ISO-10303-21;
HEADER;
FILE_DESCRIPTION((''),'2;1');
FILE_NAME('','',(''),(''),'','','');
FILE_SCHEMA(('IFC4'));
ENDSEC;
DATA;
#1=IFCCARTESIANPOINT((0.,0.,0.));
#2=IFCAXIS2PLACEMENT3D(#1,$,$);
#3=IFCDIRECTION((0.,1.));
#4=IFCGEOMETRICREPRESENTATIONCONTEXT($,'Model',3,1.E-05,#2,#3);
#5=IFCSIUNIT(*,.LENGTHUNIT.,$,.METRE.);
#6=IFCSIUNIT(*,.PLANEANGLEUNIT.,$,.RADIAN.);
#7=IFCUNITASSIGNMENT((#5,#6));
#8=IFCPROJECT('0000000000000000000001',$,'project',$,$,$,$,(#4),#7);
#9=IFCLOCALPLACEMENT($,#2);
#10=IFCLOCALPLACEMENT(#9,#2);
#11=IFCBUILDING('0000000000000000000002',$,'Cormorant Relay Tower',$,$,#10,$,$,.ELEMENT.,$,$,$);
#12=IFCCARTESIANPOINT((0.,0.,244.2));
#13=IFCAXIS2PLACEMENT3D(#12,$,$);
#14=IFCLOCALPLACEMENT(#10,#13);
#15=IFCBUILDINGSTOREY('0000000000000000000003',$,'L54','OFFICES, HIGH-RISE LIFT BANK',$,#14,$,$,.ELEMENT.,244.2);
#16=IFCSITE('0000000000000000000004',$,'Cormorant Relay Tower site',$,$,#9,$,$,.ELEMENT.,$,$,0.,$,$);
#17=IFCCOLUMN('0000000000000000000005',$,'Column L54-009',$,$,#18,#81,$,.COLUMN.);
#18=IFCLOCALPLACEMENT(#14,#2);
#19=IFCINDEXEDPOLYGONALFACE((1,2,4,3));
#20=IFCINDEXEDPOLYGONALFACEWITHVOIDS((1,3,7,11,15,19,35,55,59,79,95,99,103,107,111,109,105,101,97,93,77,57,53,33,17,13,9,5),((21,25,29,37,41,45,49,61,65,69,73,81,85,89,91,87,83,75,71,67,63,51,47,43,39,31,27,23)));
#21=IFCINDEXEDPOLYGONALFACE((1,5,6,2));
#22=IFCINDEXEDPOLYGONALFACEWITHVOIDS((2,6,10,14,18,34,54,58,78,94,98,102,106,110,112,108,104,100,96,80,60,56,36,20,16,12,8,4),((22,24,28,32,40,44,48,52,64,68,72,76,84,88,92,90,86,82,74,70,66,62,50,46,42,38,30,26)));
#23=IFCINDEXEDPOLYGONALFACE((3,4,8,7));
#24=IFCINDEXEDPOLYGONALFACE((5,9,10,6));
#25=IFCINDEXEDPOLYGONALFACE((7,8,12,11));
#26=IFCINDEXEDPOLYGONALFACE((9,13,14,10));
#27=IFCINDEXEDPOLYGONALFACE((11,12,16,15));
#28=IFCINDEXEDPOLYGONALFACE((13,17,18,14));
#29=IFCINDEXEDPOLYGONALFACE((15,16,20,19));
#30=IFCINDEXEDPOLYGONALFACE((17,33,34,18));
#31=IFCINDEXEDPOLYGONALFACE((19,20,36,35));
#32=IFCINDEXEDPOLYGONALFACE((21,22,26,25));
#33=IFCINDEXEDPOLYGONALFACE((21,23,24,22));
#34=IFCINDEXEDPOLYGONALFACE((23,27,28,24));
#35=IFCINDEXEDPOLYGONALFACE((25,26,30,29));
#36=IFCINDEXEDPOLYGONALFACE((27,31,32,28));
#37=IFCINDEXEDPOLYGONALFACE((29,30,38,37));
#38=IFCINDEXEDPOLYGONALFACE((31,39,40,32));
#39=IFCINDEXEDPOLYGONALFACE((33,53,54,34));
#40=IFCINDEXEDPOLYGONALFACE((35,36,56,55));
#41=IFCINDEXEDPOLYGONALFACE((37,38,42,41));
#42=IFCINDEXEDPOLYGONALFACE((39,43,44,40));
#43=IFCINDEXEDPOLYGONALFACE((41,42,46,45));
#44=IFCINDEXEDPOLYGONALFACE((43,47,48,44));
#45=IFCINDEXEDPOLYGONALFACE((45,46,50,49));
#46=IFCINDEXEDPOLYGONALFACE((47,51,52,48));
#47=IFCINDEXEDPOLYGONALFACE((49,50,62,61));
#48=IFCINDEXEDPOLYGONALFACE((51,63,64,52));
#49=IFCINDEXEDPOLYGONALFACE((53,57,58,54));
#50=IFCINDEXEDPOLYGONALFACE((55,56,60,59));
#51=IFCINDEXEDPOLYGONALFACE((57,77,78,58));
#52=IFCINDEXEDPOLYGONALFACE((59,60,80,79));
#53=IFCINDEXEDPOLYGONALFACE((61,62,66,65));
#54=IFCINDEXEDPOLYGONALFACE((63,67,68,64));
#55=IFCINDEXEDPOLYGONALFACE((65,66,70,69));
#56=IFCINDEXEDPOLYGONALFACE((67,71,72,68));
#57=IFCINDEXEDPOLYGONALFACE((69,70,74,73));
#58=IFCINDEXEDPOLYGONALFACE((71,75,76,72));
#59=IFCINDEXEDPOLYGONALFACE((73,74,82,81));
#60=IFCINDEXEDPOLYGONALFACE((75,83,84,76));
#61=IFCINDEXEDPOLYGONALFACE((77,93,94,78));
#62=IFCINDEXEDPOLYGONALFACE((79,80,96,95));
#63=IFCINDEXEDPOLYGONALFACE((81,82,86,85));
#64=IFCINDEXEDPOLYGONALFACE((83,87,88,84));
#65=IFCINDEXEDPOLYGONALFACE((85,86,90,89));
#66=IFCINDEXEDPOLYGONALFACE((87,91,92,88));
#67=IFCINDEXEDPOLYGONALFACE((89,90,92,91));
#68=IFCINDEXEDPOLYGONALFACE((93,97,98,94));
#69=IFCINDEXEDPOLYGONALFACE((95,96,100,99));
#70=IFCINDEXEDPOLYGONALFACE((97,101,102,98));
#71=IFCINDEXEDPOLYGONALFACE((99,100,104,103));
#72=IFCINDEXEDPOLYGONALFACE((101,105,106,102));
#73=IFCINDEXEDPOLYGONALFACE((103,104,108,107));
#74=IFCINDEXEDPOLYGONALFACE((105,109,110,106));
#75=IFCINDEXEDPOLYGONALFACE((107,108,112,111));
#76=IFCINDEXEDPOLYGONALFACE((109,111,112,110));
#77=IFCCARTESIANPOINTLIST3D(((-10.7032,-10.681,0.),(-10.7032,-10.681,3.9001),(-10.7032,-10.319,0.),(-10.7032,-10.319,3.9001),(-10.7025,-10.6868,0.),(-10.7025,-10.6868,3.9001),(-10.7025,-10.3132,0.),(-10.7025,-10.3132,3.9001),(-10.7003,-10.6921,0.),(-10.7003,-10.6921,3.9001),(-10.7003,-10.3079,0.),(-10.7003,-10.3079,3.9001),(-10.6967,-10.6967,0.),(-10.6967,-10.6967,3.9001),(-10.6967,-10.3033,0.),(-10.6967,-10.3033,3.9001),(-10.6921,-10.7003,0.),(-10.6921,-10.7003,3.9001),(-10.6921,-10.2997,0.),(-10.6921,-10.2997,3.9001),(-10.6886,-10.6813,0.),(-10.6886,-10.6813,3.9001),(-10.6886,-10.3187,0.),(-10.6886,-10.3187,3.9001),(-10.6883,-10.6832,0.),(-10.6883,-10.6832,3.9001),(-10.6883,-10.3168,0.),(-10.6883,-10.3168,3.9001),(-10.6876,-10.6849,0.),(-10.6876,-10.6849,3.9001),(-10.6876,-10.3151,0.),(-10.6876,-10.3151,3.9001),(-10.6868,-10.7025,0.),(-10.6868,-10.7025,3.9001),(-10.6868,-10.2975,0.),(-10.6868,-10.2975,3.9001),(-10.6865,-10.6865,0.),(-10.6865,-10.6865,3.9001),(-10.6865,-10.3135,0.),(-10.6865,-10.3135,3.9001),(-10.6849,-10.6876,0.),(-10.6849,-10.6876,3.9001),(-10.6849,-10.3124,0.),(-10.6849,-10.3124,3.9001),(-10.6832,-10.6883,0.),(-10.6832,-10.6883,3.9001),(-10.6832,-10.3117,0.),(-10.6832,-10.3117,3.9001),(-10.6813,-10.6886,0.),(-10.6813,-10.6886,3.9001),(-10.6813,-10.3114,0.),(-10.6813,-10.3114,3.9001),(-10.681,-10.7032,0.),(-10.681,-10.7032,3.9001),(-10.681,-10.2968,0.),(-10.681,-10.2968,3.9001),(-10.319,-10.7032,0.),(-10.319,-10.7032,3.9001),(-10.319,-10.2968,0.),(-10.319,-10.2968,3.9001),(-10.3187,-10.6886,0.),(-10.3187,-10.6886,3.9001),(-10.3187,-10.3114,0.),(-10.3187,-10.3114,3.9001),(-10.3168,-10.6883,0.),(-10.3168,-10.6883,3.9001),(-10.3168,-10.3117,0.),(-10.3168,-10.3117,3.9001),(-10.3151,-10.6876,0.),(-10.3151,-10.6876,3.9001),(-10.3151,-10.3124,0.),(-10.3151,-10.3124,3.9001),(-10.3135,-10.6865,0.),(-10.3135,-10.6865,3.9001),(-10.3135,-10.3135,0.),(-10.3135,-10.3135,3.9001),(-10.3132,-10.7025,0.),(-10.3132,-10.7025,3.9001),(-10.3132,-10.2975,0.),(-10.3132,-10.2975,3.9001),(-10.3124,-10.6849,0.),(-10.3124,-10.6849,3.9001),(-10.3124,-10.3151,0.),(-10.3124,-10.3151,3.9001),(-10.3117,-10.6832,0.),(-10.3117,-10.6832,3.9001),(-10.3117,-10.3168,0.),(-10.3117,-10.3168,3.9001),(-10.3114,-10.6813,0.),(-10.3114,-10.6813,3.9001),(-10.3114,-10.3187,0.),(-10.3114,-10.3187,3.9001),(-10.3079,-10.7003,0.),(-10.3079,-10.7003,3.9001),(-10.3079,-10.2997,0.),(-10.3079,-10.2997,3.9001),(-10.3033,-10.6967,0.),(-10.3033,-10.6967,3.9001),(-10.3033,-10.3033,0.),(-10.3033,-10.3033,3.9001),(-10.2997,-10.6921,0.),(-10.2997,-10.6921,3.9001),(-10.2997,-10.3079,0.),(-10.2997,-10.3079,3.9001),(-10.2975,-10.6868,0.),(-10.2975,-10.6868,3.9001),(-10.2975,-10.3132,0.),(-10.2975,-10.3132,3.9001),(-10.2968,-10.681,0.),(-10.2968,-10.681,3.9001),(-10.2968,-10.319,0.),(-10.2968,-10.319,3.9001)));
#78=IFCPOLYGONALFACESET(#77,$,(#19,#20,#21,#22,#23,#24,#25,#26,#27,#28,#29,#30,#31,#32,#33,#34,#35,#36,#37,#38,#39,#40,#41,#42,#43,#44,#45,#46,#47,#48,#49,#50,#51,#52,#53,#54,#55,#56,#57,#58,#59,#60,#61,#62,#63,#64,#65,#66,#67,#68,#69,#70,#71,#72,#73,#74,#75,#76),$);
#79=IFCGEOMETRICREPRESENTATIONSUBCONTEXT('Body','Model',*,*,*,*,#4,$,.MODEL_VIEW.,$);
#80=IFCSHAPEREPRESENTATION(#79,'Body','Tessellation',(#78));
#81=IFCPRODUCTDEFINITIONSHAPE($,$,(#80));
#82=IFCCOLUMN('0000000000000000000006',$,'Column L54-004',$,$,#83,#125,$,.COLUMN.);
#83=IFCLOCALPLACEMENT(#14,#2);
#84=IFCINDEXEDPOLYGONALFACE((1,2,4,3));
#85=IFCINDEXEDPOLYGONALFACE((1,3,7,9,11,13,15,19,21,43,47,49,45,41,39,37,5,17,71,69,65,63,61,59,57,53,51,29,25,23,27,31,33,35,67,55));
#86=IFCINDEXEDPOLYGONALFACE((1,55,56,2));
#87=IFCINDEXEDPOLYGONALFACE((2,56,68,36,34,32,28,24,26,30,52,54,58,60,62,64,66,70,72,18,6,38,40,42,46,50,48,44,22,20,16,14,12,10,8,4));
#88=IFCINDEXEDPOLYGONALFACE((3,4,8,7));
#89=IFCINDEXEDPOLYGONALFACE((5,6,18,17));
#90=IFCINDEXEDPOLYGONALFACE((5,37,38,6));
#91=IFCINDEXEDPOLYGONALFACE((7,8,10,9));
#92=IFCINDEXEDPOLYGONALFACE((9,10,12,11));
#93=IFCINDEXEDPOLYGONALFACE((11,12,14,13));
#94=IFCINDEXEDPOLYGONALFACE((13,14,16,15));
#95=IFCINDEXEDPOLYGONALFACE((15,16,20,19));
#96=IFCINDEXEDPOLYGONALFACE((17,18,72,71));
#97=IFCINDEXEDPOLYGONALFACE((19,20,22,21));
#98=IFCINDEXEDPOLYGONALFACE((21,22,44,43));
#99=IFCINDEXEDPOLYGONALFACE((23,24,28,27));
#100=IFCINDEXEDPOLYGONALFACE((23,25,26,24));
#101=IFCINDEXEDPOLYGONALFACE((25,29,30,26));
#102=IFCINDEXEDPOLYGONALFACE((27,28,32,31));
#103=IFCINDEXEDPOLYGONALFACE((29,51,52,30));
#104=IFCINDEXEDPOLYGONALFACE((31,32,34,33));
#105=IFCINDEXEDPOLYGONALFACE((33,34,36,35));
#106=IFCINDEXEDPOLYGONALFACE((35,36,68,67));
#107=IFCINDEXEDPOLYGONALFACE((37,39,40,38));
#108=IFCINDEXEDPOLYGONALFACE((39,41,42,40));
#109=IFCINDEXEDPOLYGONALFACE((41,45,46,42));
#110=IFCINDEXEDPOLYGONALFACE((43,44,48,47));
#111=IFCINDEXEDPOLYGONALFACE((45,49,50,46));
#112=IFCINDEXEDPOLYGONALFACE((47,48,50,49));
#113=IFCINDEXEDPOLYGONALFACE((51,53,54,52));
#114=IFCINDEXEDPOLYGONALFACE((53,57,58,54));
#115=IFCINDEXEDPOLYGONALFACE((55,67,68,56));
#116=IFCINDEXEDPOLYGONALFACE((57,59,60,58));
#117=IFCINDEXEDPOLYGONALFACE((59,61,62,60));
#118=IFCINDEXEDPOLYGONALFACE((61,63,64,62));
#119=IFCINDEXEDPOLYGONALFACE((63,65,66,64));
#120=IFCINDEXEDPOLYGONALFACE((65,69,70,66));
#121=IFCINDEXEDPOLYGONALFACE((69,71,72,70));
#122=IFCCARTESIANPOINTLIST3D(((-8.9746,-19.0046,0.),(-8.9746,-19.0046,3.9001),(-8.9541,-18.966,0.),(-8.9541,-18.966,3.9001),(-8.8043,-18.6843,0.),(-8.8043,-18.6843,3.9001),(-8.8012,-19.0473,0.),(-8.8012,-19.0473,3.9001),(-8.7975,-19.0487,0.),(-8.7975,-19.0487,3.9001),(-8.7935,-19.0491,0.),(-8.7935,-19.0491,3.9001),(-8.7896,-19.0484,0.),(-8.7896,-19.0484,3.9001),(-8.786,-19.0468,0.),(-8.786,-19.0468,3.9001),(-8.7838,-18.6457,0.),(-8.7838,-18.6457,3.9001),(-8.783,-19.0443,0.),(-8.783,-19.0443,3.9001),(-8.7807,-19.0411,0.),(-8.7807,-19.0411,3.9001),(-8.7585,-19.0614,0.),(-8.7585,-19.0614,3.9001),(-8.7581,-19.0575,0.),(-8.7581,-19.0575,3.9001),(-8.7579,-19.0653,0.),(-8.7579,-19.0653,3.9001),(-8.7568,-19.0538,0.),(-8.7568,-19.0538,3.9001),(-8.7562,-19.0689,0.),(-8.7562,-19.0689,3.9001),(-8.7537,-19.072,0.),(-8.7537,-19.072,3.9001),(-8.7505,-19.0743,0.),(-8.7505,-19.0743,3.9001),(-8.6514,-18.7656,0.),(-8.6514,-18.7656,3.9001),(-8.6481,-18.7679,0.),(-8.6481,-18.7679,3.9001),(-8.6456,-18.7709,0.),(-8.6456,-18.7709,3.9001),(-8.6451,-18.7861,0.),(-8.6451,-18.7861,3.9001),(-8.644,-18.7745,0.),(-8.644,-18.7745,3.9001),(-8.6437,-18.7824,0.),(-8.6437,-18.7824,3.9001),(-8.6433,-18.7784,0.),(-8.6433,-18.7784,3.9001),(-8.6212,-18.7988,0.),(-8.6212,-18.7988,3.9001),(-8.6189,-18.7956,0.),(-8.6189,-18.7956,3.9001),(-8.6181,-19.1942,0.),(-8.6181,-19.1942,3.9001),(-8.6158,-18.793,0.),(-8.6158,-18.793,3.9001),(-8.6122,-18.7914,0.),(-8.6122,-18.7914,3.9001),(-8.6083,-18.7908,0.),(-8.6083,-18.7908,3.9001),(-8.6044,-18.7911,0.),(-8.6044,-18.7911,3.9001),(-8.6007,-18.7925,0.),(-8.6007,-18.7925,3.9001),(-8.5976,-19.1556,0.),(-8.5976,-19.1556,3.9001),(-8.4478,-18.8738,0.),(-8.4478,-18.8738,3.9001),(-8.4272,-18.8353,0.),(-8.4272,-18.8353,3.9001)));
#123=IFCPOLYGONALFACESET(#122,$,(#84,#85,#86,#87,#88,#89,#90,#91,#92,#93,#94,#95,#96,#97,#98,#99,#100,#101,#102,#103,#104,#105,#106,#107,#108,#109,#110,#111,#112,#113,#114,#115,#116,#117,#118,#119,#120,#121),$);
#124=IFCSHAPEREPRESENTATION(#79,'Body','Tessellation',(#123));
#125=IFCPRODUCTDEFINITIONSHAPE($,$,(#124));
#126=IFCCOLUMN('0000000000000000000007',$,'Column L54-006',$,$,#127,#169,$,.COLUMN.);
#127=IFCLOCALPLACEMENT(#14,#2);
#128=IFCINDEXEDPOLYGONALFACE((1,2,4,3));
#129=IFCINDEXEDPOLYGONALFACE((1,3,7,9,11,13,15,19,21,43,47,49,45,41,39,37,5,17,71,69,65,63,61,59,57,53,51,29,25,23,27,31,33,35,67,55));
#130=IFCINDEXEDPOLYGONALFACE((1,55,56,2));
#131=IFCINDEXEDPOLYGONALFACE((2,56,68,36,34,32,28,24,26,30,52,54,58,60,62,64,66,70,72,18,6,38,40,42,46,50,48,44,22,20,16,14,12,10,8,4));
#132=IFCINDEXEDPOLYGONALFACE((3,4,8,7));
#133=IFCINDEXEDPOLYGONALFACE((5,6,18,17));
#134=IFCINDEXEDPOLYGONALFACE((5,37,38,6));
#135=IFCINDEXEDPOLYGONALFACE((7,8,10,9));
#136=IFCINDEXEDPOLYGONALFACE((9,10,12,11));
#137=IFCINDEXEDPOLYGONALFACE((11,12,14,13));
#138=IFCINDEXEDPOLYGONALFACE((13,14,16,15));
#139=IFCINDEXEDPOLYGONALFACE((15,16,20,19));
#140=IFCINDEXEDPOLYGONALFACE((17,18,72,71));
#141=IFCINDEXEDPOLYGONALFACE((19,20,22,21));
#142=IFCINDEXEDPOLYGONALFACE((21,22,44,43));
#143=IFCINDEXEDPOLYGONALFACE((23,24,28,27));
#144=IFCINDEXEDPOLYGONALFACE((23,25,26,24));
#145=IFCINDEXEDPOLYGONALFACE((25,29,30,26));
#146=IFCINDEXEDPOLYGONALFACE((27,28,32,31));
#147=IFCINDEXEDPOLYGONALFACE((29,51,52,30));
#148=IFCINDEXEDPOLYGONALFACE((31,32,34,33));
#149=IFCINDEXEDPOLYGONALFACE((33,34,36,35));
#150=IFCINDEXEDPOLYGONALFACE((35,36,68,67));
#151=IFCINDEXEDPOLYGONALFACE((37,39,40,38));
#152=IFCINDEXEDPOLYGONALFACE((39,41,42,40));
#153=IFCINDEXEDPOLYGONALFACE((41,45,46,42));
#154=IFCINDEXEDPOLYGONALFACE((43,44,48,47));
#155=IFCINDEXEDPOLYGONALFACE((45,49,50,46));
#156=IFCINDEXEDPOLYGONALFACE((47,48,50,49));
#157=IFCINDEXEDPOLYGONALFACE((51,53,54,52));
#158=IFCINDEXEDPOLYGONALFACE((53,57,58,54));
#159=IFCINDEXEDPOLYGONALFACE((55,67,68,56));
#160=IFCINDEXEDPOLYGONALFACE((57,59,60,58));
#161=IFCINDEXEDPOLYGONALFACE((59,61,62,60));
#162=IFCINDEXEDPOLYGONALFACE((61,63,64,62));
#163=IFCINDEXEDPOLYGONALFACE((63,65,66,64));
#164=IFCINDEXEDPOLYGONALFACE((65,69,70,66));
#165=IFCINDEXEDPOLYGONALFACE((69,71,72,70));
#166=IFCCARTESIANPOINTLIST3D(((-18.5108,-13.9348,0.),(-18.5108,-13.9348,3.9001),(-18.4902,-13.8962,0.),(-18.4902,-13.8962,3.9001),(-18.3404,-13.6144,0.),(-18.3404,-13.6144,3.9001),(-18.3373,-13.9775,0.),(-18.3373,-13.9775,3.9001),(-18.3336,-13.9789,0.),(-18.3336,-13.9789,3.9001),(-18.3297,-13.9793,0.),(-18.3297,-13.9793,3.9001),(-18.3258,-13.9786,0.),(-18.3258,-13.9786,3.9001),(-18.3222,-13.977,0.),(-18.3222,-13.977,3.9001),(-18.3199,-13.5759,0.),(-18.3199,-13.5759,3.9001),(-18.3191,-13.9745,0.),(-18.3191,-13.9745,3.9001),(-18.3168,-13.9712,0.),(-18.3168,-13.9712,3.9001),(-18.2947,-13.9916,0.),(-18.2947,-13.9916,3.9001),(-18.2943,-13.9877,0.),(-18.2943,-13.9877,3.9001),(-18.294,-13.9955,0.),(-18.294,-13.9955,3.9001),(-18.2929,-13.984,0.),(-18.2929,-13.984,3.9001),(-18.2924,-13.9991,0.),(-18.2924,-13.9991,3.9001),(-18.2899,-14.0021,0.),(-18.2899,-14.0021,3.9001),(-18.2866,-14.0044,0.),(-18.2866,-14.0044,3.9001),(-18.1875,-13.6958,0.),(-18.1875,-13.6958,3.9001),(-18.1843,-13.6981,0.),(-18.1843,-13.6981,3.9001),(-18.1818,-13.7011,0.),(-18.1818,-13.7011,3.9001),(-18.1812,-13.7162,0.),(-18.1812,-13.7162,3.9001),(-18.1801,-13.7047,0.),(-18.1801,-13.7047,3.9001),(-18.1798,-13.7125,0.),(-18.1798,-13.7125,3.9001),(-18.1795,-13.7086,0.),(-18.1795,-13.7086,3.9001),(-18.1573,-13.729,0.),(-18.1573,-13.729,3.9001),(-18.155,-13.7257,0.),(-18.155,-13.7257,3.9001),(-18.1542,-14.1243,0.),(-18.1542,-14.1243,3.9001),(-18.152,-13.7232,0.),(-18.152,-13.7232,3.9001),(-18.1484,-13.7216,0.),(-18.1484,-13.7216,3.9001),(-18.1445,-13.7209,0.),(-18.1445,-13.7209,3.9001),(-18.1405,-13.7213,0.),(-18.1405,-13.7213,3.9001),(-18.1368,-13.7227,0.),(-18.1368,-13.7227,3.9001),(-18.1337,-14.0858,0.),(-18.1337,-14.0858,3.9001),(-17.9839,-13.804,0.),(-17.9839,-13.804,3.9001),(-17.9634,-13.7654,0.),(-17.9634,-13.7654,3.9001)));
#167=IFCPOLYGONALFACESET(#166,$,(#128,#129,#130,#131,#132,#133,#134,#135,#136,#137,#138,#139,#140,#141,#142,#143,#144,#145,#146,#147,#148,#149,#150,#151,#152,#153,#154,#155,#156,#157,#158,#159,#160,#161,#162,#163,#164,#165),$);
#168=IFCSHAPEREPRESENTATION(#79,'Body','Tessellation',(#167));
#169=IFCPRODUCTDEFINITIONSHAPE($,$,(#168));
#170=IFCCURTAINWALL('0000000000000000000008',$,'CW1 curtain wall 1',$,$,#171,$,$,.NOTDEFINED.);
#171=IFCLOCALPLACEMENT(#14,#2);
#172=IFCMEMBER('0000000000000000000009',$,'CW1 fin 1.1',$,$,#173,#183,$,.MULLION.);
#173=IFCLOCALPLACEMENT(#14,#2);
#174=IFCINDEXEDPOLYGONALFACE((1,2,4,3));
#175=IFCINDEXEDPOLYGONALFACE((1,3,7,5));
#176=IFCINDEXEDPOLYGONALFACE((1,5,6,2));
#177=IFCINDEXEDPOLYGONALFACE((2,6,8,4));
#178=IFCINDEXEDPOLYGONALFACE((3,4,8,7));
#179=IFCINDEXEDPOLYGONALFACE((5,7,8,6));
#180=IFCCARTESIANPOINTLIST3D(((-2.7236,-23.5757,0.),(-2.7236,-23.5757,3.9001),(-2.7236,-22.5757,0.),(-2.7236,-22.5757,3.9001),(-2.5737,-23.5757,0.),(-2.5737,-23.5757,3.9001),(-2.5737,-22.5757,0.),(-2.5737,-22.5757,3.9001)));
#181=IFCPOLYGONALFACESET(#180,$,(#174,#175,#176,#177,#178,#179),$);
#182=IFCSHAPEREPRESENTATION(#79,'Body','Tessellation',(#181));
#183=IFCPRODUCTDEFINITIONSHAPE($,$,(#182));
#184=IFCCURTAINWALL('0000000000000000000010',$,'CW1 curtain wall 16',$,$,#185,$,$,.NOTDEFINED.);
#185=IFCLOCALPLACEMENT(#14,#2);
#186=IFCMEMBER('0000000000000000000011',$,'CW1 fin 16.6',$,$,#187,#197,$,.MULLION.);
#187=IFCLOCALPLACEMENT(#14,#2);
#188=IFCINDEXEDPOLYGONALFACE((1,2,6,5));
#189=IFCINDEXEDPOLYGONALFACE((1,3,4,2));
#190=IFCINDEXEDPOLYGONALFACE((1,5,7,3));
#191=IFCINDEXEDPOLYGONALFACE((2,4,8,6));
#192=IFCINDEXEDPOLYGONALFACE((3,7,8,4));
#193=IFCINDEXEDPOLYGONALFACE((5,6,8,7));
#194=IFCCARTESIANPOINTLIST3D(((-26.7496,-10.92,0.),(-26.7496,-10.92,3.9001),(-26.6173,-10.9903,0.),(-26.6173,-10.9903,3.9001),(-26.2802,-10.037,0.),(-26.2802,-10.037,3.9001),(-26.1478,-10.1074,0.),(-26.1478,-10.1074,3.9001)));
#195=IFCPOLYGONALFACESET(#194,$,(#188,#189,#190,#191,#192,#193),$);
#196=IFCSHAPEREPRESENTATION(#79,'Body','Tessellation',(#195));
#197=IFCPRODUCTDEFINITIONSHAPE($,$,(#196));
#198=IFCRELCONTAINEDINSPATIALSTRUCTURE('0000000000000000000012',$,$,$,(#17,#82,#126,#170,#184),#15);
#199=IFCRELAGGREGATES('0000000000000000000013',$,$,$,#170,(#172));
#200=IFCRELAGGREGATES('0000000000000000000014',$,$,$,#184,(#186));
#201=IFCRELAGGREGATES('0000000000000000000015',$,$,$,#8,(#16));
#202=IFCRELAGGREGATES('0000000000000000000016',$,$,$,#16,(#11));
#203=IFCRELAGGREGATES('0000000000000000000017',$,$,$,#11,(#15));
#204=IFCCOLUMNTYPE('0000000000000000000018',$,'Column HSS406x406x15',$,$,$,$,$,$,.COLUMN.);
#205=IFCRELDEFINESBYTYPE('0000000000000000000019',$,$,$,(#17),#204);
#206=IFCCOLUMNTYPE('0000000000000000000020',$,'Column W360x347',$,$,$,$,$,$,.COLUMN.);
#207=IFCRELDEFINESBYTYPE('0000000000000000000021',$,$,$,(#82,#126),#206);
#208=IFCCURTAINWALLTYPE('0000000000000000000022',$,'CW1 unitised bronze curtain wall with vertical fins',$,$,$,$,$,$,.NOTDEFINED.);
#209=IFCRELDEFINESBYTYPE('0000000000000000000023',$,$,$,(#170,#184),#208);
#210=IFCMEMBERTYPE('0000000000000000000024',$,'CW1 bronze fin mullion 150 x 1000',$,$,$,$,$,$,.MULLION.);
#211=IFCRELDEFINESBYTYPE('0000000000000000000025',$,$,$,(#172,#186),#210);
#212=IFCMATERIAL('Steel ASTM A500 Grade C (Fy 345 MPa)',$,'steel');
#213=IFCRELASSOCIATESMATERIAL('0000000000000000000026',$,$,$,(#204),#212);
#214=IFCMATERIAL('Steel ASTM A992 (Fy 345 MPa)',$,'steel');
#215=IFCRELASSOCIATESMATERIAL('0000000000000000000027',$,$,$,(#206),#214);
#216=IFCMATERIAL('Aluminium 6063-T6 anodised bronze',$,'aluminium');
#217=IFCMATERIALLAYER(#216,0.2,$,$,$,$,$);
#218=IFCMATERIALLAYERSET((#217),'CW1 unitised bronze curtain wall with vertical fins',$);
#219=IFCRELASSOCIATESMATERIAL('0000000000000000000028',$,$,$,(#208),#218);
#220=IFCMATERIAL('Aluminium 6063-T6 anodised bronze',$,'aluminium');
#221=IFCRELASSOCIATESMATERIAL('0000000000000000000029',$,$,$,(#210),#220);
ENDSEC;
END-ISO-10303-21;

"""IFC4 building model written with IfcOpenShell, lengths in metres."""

from ifc_helpers import new_model, si_unit, direction, frame, origin, origin_2d, place, context, subcontext, project, spatial, rectangle, hollow_rectangle, i_section, extrude, material, layer, layer_set, material_profile, profile_set, type_object, element, aggregate, save


model = new_model("IFC4")

# Units and contexts
model_context = context("Model", 3, precision=1e-05, world=origin(), true_north=direction((0.0, 1.0)))
body_context = subcontext(model_context, "Body", "Model", "MODEL_VIEW")
ifc_project = project(units=[si_unit("LENGTHUNIT", "METRE"), si_unit("PLANEANGLEUNIT", "RADIAN")], contexts=[model_context])

# Site, building, storey
site_placement = place(None, origin())
site = spatial("IfcSite", under=ifc_project, at=site_placement, Name="Cormorant Relay Tower site", CompositionType="ELEMENT", RefElevation=0.0)
building_placement = place(site_placement, origin())
building = spatial("IfcBuilding", under=site, at=building_placement, Name="Cormorant Relay Tower", CompositionType="ELEMENT")
storey_placement = place(building_placement, frame((0.0, 0.0, 244.2)))
storey = spatial("IfcBuildingStorey", under=building, at=storey_placement, Name="L54", Description="OFFICES, HIGH-RISE LIFT BANK", CompositionType="ELEMENT", Elevation=244.2)

# Columns
ifc_material_1 = material(Name="Steel ASTM A500 Grade C (Fy 345 MPa)", Category="steel")
ifc_material_profile_1 = material_profile(ifc_material_1, hollow_rectangle(XDim=0.4065, YDim=0.4065, WallThickness=0.0146, InnerFilletRadius=0.0073, OuterFilletRadius=0.0222, at=origin_2d()), Name="HSS406x406x15")
ifc_profile_set_1 = profile_set([ifc_material_profile_1], Name="Steel ASTM A500 Grade C (Fy 345 MPa)")
column_type_1 = type_object("IfcColumnType", Name="Column HSS406x406x15", PredefinedType="COLUMN", material=ifc_profile_set_1)
column_placement = place(storey_placement, frame((-10.5, -10.5, 0.0), z_axis=(0.0, 0.0, 1.0), x_axis=(1.0, 0.0, 0.0)))
element("IfcColumn", 1, at=column_placement, inside=storey, type_object=column_type_1, Name="Column L54-009", PredefinedType="COLUMN", context=body_context, shape_type="SweptSolid", body=[
    extrude(hollow_rectangle(XDim=0.4065, YDim=0.4065, WallThickness=0.0146, InnerFilletRadius=0.0073, OuterFilletRadius=0.0222, at=origin_2d()), origin(), (0.0, 0.0, 1.0), 3.9001),
])
ifc_material_2 = material(Name="Steel ASTM A992 (Fy 345 MPa)", Category="steel")
ifc_material_profile_2 = material_profile(ifc_material_2, i_section(OverallWidth=0.4038, OverallDepth=0.4065, WebThickness=0.0271, FlangeThickness=0.0437, FilletRadius=0.0151, at=origin_2d()), Name="W360x347")
ifc_profile_set_2 = profile_set([ifc_material_profile_2], Name="Steel ASTM A992 (Fy 345 MPa)")
column_type_2 = type_object("IfcColumnType", Name="Column W360x347", PredefinedType="COLUMN", material=ifc_profile_set_2)
for number, where, z_axis, x_axis, name in (
    (2, (-8.7009, -18.9199, 0.0), (0.0, 0.0, 1.0), (0.882948, -0.469472, 0.0), "Column L54-004"),
    (3, (-18.2371, -13.8501, 0.0), (0.0, 0.0, 1.0), (0.882948, -0.469472, 0.0), "Column L54-006"),
):
    element("IfcColumn", number, at=place(storey_placement, frame(where, z_axis=z_axis, x_axis=x_axis)), inside=storey, type_object=column_type_2, Name=name, PredefinedType="COLUMN", context=body_context, shape_type="SweptSolid", body=[
        extrude(i_section(OverallWidth=0.4038, OverallDepth=0.4065, WebThickness=0.0271, FlangeThickness=0.0437, FilletRadius=0.0151, at=origin_2d()), origin(), (0.0, 0.0, 1.0), 3.9001),
    ])

# Curtain wall, member
ifc_material_3 = material(Name="Aluminium 6063-T6 anodised bronze", Category="aluminium")
ifc_layer_1 = layer(ifc_material_3, 0.2)
ifc_layer_set_1 = layer_set([ifc_layer_1], Name="CW1 unitised bronze curtain wall with vertical fins")
curtain_wall_type = type_object("IfcCurtainWallType", Name="CW1 unitised bronze curtain wall with vertical fins", PredefinedType="NOTDEFINED", material=ifc_layer_set_1)
curtain_wall_1_placement = place(storey_placement, origin())
curtain_wall_1 = element("IfcCurtainWall", 4, at=curtain_wall_1_placement, inside=storey, type_object=curtain_wall_type, Name="CW1 curtain wall 1", PredefinedType="NOTDEFINED")
ifc_material_4 = material(Name="Aluminium 6063-T6 anodised bronze", Category="aluminium")
ifc_material_profile_3 = material_profile(ifc_material_4, rectangle(XDim=0.1499, YDim=1.0, at=origin_2d()), Name="AL 150x1000")
ifc_profile_set_3 = profile_set([ifc_material_profile_3], Name="Aluminium 6063-T6 anodised bronze")
member_type_1 = type_object("IfcMemberType", Name="CW1 bronze fin mullion 150 x 1000", PredefinedType="MULLION", material=ifc_profile_set_3)
member_1_placement = place(storey_placement, frame((-2.6487, -23.0757, 0.0), z_axis=(0.0, 0.0, 1.0), x_axis=(1.0, 0.0, 0.0)))
member_1 = element("IfcMember", 5, at=member_1_placement, type_object=member_type_1, Name="CW1 fin 1.1", PredefinedType="MULLION", context=body_context, shape_type="SweptSolid", body=[
    extrude(rectangle(XDim=0.1499, YDim=1.0, at=origin_2d()), origin(), (0.0, 0.0, 1.0), 3.9001),
])

# Curtain wall, member
curtain_wall_2_placement = place(storey_placement, origin())
curtain_wall_2 = element("IfcCurtainWall", 6, at=curtain_wall_2_placement, inside=storey, type_object=curtain_wall_type, Name="CW1 curtain wall 16", PredefinedType="NOTDEFINED")
member_2_placement = place(storey_placement, frame((-26.4487, -10.5137, 0.0), z_axis=(0.0, 0.0, 1.0), x_axis=(0.882948, -0.469472, 0.0)))
member_2 = element("IfcMember", 7, at=member_2_placement, type_object=member_type_1, Name="CW1 fin 16.6", PredefinedType="MULLION", context=body_context, shape_type="SweptSolid", body=[
    extrude(rectangle(XDim=0.1499, YDim=1.0, at=origin_2d()), origin(), (0.0, 0.0, 1.0), 3.9001),
])

aggregate(curtain_wall_1, [member_1])

aggregate(curtain_wall_2, [member_2])

save(model, "model.ifc")
